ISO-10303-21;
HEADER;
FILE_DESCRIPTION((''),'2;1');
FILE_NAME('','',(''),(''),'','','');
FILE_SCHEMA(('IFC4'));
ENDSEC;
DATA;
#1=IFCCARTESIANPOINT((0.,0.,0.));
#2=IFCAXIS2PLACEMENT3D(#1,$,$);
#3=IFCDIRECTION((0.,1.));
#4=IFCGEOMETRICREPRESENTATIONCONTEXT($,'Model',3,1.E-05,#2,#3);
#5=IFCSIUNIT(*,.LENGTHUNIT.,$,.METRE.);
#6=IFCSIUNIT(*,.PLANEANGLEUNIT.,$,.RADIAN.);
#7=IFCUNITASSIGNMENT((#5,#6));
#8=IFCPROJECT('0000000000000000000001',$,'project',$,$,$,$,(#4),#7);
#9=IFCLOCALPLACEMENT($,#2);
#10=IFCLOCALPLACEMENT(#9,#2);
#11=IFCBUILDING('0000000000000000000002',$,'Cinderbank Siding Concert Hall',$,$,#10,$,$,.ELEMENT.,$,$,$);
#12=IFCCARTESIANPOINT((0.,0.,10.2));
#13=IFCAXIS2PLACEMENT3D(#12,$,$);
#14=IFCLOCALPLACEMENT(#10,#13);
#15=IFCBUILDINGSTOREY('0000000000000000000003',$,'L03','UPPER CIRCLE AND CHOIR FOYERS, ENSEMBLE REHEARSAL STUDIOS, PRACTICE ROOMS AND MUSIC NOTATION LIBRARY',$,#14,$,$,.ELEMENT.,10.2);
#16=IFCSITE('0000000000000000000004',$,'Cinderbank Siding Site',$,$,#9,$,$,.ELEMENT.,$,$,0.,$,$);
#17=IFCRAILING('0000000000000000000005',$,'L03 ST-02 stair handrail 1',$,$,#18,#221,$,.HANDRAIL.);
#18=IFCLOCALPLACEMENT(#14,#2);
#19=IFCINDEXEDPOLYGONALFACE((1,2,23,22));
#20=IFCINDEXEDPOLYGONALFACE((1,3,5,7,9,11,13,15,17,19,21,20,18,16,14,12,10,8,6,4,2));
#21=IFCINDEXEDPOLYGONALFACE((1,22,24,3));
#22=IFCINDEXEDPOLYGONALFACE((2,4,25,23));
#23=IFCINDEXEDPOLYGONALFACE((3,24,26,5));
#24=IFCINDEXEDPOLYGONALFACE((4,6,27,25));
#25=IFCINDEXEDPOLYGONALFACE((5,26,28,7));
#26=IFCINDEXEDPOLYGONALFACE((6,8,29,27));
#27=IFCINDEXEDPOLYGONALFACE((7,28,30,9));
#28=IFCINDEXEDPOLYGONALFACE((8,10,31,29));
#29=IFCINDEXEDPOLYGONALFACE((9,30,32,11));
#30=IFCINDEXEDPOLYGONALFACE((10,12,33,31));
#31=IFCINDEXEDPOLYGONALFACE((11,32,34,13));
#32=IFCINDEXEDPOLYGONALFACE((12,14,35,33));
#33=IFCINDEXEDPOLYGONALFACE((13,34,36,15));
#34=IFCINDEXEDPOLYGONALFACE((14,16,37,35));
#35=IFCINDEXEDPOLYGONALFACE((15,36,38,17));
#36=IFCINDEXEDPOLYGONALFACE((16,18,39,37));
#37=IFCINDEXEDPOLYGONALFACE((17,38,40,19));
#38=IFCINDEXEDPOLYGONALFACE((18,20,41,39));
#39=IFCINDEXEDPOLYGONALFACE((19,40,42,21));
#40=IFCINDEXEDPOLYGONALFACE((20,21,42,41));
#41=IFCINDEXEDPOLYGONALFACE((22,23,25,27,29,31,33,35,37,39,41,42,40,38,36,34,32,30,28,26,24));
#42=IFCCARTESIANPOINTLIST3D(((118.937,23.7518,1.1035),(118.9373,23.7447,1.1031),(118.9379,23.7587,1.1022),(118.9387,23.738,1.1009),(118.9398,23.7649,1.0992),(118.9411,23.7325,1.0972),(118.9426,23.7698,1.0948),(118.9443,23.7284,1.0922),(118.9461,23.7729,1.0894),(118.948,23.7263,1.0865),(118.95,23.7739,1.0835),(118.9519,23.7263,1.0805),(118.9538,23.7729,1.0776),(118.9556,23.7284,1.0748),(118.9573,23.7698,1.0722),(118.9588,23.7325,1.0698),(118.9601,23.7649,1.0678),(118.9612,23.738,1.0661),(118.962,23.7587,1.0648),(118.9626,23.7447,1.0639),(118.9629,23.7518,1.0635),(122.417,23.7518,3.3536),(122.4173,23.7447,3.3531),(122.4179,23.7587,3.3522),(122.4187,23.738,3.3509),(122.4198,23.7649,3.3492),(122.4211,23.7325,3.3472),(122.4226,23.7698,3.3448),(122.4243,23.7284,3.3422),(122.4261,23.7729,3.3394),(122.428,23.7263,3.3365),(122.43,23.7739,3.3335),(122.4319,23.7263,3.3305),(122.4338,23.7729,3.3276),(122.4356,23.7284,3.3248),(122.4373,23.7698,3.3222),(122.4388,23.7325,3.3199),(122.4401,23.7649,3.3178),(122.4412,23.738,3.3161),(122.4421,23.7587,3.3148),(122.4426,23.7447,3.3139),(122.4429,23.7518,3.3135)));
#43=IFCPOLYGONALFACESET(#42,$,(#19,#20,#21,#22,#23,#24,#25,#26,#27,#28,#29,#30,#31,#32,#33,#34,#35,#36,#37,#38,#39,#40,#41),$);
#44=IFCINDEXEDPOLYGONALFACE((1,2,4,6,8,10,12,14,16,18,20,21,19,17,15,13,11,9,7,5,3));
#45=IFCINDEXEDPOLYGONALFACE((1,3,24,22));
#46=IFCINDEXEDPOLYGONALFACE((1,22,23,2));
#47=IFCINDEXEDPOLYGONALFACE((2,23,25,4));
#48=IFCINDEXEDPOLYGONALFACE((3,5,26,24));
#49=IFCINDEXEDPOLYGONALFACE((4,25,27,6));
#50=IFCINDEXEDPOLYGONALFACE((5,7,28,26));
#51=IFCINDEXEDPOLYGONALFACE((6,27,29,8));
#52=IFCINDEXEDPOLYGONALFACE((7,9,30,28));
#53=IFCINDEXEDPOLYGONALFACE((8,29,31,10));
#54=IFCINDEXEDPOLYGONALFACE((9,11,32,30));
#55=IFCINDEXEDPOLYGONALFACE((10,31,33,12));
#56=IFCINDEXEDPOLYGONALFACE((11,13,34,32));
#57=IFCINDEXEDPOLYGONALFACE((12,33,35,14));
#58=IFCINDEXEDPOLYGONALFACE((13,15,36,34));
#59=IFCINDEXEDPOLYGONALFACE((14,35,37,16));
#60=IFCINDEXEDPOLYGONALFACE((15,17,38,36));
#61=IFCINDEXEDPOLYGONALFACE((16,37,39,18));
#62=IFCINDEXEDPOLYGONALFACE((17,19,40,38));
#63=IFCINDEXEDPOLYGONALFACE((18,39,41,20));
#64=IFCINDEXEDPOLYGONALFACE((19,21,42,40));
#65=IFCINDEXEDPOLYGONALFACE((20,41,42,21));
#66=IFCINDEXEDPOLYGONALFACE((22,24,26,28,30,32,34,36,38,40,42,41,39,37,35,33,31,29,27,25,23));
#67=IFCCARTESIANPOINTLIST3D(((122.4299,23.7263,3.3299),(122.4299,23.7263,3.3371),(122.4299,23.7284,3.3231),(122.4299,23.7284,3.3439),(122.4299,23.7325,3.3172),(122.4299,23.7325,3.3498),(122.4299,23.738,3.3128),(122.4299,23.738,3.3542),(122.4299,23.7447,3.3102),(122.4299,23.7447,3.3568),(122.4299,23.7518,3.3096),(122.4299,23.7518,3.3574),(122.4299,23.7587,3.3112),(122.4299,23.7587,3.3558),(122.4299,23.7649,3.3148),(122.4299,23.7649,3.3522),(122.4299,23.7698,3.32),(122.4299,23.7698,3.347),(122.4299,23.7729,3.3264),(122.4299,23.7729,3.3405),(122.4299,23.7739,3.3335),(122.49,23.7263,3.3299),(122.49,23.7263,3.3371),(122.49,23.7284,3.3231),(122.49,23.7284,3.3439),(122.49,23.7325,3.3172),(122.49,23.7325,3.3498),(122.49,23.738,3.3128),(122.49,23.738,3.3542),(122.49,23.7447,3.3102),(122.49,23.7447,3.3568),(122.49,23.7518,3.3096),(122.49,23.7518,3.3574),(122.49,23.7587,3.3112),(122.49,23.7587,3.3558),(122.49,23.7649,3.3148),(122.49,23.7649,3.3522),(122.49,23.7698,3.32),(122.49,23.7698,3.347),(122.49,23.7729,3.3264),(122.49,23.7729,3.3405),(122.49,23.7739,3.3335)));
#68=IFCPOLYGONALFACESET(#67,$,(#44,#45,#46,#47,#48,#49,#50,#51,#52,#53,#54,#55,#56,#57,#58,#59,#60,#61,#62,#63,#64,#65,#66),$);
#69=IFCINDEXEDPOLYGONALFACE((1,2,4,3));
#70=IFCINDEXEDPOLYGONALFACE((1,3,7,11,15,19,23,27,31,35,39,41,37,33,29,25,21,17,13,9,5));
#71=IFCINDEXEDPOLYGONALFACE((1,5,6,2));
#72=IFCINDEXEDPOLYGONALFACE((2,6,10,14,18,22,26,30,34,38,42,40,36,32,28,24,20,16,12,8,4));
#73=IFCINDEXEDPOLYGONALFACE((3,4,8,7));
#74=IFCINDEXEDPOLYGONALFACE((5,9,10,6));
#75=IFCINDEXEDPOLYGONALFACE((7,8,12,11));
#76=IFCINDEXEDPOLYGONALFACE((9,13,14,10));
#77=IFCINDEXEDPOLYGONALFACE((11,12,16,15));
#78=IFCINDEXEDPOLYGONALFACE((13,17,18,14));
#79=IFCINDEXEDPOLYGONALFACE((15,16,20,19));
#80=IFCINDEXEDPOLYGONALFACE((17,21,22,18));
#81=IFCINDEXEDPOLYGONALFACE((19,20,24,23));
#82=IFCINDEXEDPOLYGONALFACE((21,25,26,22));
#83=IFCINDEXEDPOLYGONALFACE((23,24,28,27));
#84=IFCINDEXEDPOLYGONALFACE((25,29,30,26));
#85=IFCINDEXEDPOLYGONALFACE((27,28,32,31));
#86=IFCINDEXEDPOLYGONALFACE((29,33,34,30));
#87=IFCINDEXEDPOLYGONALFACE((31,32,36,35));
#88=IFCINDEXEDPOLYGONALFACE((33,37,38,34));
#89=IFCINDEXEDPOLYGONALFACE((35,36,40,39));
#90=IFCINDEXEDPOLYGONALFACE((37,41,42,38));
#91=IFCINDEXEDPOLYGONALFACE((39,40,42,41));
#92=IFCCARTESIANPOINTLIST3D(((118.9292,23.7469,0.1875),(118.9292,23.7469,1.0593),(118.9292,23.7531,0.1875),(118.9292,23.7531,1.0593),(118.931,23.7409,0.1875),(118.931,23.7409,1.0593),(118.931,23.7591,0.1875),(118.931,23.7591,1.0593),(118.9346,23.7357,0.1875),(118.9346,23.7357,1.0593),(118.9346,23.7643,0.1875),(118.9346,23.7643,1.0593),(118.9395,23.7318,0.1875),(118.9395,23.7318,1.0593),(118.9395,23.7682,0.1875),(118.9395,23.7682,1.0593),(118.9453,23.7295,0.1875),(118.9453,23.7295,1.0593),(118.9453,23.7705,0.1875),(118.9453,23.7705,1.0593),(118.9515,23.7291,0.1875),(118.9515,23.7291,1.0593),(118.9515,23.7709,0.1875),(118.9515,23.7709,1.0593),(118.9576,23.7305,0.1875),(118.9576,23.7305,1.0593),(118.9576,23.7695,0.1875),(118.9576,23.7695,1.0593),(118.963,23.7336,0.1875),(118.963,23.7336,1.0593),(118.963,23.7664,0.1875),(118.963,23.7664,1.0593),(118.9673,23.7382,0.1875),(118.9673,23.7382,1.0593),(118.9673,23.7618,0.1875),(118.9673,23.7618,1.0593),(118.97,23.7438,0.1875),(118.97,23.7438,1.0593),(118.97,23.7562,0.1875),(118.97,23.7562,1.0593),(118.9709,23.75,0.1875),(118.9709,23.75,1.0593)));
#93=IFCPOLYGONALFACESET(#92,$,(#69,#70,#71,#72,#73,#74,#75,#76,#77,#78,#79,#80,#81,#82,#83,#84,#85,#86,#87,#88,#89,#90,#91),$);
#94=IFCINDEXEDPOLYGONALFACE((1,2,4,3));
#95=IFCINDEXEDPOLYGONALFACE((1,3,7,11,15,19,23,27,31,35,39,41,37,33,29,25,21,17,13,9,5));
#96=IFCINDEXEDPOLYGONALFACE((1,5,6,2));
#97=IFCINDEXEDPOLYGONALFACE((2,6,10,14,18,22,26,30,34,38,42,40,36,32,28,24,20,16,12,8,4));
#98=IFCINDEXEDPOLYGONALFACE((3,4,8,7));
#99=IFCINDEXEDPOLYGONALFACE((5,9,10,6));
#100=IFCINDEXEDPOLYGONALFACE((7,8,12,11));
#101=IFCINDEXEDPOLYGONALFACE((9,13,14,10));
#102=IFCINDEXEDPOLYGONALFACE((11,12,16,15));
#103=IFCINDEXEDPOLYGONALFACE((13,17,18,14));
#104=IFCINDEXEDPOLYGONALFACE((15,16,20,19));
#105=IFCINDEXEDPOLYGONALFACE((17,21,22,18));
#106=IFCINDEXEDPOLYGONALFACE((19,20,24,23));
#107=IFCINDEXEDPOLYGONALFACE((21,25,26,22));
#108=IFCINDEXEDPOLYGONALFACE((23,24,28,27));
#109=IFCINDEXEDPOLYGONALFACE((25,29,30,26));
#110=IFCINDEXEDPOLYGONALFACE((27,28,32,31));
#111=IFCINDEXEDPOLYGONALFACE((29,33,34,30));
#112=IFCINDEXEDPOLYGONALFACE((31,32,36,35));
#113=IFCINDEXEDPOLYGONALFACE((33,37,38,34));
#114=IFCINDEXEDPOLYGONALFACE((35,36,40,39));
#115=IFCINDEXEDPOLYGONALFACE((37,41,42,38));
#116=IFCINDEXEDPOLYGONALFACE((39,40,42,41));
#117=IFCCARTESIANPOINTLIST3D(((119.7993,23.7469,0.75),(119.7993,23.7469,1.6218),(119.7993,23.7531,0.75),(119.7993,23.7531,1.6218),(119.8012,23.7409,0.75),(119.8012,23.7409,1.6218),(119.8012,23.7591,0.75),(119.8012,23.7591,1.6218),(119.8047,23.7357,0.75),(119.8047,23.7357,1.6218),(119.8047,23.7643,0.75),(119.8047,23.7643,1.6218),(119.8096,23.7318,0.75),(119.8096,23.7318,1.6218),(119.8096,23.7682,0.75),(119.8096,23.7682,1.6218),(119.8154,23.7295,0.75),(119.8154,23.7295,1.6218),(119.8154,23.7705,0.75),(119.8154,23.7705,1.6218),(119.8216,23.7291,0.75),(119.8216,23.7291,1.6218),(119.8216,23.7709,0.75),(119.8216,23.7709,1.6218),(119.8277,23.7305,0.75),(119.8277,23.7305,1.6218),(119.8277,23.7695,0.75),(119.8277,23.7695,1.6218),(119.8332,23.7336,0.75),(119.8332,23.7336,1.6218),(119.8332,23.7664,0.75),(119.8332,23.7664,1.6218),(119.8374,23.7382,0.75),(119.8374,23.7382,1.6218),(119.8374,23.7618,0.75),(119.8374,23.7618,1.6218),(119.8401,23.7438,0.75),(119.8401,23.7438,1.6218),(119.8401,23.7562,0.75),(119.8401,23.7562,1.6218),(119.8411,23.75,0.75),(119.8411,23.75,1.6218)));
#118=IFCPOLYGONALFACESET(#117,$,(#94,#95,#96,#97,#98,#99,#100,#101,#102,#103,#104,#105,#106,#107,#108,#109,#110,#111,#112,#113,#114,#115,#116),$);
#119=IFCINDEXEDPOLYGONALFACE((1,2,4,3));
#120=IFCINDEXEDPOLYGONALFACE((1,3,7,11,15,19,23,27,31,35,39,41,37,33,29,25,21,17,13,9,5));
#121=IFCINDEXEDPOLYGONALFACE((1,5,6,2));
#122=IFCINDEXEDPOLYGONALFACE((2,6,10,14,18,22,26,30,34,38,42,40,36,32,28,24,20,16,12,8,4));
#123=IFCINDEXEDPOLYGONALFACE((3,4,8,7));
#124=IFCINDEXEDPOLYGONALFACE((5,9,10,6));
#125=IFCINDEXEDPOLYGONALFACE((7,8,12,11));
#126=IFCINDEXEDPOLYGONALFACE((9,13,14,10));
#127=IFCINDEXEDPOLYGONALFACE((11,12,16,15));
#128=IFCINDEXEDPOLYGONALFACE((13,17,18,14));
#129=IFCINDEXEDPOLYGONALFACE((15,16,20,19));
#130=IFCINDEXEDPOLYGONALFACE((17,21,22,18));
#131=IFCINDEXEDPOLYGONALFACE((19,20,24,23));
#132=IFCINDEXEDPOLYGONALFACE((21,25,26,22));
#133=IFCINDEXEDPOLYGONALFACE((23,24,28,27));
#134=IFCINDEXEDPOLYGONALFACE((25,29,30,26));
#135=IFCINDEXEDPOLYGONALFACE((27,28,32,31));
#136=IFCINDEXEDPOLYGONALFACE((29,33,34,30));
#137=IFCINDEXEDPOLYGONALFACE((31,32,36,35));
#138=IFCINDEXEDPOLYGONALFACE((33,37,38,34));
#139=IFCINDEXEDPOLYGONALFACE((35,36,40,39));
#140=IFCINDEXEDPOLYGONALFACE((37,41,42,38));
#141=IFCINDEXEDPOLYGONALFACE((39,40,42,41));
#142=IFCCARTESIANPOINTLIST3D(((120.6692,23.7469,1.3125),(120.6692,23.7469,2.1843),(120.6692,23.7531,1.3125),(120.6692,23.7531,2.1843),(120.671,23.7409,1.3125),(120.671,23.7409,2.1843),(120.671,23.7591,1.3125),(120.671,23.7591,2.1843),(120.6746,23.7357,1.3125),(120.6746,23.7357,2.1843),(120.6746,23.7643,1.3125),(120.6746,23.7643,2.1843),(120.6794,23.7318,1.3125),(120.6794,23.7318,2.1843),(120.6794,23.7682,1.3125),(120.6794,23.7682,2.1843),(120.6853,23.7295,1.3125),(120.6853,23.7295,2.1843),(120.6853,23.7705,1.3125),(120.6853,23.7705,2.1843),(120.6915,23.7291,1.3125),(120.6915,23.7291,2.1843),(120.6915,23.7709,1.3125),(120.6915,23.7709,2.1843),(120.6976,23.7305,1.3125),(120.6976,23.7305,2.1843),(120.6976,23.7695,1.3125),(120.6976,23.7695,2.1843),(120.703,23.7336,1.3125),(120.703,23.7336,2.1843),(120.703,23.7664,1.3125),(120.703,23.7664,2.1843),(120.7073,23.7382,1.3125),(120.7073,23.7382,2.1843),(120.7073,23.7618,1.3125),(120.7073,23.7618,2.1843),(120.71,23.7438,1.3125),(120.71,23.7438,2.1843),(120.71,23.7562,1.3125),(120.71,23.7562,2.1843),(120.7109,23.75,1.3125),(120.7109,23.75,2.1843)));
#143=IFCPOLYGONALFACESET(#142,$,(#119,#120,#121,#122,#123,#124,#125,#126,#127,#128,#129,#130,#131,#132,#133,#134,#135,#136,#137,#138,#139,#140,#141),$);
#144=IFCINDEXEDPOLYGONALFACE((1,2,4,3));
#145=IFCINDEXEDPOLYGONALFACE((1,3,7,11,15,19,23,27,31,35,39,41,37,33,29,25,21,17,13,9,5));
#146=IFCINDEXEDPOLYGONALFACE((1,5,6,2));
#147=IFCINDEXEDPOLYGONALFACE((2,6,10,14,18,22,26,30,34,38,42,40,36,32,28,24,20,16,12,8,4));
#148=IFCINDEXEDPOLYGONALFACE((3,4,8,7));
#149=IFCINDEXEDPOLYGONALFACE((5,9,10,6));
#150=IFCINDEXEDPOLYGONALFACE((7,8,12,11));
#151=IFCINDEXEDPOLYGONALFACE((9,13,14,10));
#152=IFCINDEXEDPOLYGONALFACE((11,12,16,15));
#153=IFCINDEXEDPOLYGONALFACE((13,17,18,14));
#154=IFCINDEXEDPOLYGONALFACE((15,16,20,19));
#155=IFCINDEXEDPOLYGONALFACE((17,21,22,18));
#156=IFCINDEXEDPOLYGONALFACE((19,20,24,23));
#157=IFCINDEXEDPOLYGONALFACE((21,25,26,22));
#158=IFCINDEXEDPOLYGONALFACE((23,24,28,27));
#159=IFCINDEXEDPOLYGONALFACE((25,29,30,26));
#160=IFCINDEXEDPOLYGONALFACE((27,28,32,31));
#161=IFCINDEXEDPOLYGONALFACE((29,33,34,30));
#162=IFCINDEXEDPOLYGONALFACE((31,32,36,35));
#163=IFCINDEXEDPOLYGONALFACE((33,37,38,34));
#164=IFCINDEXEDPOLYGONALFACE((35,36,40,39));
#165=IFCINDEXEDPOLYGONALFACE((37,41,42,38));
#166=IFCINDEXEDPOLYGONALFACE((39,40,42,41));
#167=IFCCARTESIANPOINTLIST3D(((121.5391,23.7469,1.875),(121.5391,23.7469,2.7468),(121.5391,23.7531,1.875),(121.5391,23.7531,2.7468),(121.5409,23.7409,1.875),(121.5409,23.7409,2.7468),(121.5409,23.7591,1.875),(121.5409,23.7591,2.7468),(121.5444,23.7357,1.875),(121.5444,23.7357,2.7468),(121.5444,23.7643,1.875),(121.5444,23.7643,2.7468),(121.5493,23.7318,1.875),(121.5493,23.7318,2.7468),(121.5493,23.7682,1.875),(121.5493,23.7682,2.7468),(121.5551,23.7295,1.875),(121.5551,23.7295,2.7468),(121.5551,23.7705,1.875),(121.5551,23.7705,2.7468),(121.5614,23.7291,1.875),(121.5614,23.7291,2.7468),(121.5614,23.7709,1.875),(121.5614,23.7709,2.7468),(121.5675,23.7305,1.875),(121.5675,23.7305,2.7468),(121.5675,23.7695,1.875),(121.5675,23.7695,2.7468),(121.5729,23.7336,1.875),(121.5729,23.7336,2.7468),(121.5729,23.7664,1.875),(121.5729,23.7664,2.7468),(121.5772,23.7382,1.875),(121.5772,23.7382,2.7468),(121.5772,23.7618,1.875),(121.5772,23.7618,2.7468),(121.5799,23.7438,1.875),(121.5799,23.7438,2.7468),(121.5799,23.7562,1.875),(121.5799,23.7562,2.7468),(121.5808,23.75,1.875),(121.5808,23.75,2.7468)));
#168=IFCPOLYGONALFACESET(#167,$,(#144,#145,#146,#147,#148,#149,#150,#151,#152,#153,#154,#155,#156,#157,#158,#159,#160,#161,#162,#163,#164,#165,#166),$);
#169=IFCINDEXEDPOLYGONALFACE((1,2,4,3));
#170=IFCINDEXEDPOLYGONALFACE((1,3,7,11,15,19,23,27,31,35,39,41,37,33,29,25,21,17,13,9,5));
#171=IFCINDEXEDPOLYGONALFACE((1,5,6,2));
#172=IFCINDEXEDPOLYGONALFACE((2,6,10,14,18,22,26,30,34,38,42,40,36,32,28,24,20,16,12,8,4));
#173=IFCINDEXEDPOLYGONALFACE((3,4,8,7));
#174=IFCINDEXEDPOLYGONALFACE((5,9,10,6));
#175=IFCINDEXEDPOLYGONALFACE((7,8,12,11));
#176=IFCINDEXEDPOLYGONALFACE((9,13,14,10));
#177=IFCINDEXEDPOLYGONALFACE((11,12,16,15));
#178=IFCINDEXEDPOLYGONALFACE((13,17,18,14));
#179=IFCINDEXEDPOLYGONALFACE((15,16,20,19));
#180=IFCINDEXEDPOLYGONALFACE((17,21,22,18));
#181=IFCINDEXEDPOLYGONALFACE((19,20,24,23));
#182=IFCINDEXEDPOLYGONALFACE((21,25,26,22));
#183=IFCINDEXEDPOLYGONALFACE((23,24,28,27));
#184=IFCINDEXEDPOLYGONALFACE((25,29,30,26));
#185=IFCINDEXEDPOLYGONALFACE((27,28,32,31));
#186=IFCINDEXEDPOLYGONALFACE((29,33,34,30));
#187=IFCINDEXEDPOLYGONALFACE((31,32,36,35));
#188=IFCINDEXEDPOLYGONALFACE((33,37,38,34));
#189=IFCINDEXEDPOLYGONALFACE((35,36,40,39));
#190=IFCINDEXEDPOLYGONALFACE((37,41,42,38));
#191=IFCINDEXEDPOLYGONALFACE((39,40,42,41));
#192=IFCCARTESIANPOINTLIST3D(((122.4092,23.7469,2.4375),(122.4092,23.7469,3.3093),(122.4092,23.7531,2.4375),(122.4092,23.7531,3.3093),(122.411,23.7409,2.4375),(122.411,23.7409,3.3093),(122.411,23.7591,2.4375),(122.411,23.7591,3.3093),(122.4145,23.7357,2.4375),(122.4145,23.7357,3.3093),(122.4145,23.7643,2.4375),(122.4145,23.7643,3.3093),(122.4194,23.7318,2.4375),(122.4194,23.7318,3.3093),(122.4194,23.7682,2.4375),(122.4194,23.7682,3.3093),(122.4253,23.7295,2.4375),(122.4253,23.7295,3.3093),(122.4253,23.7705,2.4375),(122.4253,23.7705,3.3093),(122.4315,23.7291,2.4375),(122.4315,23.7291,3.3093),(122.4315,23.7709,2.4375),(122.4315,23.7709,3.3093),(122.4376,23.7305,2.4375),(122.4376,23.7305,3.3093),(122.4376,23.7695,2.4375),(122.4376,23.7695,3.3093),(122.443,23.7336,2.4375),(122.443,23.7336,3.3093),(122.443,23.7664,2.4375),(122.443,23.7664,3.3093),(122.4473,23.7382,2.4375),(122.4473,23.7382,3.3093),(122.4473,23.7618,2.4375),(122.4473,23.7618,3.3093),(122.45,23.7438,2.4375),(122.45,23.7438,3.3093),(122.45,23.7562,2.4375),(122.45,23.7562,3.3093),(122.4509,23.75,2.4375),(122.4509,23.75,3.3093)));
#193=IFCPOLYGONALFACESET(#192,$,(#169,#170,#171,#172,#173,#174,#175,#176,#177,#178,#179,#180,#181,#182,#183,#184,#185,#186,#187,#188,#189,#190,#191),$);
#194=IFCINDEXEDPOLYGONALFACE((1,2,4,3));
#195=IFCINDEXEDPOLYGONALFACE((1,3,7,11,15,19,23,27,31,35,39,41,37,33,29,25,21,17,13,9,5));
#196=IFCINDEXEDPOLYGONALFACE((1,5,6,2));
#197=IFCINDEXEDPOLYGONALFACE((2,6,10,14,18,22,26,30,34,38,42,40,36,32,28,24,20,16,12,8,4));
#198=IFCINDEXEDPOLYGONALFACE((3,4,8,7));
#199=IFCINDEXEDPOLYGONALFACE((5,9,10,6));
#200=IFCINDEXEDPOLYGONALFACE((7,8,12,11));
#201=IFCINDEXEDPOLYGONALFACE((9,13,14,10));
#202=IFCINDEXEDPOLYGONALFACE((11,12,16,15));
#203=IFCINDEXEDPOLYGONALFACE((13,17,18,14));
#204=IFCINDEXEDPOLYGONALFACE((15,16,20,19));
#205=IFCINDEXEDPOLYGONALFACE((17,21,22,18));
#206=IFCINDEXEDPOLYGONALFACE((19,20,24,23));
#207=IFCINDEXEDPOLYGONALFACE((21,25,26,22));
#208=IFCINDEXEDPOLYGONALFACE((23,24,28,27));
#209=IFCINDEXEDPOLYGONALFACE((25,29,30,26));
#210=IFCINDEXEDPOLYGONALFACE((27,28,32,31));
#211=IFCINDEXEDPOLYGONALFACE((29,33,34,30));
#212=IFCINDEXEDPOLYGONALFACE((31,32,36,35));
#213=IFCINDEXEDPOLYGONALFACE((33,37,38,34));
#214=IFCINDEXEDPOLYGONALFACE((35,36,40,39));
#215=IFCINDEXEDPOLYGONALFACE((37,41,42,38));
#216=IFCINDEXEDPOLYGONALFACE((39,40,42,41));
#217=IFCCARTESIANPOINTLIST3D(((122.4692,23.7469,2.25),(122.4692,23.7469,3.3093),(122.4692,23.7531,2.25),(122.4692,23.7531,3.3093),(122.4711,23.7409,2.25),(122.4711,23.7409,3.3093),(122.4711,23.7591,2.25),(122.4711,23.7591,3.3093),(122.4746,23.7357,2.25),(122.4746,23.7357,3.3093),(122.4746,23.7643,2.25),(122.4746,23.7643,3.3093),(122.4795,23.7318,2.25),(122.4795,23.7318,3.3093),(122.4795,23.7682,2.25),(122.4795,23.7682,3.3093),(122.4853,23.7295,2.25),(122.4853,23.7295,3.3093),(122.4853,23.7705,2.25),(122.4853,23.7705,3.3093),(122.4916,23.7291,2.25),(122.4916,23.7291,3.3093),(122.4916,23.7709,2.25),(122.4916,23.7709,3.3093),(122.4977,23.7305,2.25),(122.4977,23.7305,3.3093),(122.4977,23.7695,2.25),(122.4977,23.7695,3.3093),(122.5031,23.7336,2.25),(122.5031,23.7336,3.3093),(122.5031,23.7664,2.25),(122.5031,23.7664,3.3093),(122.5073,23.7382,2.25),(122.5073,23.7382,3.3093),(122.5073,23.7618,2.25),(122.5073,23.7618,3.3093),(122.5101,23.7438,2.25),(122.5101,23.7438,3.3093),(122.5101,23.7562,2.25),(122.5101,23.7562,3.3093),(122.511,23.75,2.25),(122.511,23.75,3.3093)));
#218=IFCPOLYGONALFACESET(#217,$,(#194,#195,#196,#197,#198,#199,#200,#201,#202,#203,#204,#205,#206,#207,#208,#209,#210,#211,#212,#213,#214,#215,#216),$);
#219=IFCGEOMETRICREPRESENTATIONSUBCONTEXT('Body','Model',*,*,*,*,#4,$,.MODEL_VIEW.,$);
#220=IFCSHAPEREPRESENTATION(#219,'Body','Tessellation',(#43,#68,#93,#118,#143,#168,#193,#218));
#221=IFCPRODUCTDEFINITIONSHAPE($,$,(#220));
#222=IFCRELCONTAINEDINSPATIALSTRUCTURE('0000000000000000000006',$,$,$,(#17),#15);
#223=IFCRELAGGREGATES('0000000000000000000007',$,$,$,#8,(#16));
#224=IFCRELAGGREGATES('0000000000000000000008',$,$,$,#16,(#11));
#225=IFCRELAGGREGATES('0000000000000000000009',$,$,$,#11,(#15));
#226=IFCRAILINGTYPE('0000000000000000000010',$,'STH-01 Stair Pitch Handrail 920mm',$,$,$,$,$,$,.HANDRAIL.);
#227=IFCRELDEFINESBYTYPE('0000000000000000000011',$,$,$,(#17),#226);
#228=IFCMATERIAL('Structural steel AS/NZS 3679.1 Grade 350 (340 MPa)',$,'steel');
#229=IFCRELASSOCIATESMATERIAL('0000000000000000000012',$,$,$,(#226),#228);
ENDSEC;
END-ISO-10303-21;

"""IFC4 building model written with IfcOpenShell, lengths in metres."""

from ifc_helpers import new_model, si_unit, direction, frame, origin, origin_2d, place, context, subcontext, project, spatial, circle, extrude, material, type_object, element, save


model = new_model("IFC4")

# Units and contexts
model_context = context("Model", 3, precision=1e-05, world=origin(), true_north=direction((0.0, 1.0)))
body_context = subcontext(model_context, "Body", "Model", "MODEL_VIEW")
ifc_project = project(units=[si_unit("LENGTHUNIT", "METRE"), si_unit("PLANEANGLEUNIT", "RADIAN")], contexts=[model_context])

# Site, building, storey
site_placement = place(None, origin())
site = spatial("IfcSite", under=ifc_project, at=site_placement, Name="Cinderbank Siding Site", CompositionType="ELEMENT", RefElevation=0.0)
building_placement = place(site_placement, origin())
building = spatial("IfcBuilding", under=site, at=building_placement, Name="Cinderbank Siding Concert Hall", CompositionType="ELEMENT")
storey_placement = place(building_placement, frame((0.0, 0.0, 10.2)))
storey = spatial("IfcBuildingStorey", under=building, at=storey_placement, Name="L03", Description="UPPER CIRCLE AND CHOIR FOYERS, ENSEMBLE REHEARSAL STUDIOS, PRACTICE ROOMS AND MUSIC NOTATION LIBRARY", CompositionType="ELEMENT", Elevation=10.2)

# Shared definitions
ifc_material_1 = material(Name="Structural steel AS/NZS 3679.1 Grade 350 (340 MPa)", Category="steel")

# Railing
railing_type_1 = type_object("IfcRailingType", Name="STH-01 Stair Pitch Handrail 920mm", PredefinedType="HANDRAIL", material=ifc_material_1)
railing_1_placement = place(storey_placement, frame((118.95, 23.75, 0.1875)))
element("IfcRailing", 1, at=railing_1_placement, inside=storey, type_object=railing_type_1, Name="L03 ST-02 stair handrail 1", PredefinedType="HANDRAIL", context=body_context, shape_type="SweptSolid", body=[
    extrude(circle(Radius=0.0239, at=origin_2d()), frame((0.0, 0.0, 0.896), z_axis=(0.839763, 0.0, 0.542953), x_axis=(0.0, 1.0, 0.0)), (0.0, 0.0, 1.0), 4.144),
    extrude(circle(Radius=0.0239, at=origin_2d()), frame((3.48, 0.0, 3.146), z_axis=(1.0, 0.0, 0.0), x_axis=(0.0, 1.0, 0.0)), (0.0, 0.0, 1.0), 0.0601),
    extrude(circle(Radius=0.021, at=origin_2d()), origin(), (0.0, 0.0, 1.0), 0.8718),
    extrude(circle(Radius=0.021, at=origin_2d()), frame((0.8701, 0.0, 0.5625)), (0.0, 0.0, 1.0), 0.8718),
    extrude(circle(Radius=0.021, at=origin_2d()), frame((1.74, 0.0, 1.125)), (0.0, 0.0, 1.0), 0.8718),
    extrude(circle(Radius=0.021, at=origin_2d()), frame((2.6099, 0.0, 1.6875)), (0.0, 0.0, 1.0), 0.8718),
    extrude(circle(Radius=0.021, at=origin_2d()), frame((3.48, 0.0, 2.25)), (0.0, 0.0, 1.0), 0.8718),
    extrude(circle(Radius=0.021, at=origin_2d()), frame((3.54, 0.0, 2.0625)), (0.0, 0.0, 1.0), 1.0593),
])

save(model, "model.ifc")
